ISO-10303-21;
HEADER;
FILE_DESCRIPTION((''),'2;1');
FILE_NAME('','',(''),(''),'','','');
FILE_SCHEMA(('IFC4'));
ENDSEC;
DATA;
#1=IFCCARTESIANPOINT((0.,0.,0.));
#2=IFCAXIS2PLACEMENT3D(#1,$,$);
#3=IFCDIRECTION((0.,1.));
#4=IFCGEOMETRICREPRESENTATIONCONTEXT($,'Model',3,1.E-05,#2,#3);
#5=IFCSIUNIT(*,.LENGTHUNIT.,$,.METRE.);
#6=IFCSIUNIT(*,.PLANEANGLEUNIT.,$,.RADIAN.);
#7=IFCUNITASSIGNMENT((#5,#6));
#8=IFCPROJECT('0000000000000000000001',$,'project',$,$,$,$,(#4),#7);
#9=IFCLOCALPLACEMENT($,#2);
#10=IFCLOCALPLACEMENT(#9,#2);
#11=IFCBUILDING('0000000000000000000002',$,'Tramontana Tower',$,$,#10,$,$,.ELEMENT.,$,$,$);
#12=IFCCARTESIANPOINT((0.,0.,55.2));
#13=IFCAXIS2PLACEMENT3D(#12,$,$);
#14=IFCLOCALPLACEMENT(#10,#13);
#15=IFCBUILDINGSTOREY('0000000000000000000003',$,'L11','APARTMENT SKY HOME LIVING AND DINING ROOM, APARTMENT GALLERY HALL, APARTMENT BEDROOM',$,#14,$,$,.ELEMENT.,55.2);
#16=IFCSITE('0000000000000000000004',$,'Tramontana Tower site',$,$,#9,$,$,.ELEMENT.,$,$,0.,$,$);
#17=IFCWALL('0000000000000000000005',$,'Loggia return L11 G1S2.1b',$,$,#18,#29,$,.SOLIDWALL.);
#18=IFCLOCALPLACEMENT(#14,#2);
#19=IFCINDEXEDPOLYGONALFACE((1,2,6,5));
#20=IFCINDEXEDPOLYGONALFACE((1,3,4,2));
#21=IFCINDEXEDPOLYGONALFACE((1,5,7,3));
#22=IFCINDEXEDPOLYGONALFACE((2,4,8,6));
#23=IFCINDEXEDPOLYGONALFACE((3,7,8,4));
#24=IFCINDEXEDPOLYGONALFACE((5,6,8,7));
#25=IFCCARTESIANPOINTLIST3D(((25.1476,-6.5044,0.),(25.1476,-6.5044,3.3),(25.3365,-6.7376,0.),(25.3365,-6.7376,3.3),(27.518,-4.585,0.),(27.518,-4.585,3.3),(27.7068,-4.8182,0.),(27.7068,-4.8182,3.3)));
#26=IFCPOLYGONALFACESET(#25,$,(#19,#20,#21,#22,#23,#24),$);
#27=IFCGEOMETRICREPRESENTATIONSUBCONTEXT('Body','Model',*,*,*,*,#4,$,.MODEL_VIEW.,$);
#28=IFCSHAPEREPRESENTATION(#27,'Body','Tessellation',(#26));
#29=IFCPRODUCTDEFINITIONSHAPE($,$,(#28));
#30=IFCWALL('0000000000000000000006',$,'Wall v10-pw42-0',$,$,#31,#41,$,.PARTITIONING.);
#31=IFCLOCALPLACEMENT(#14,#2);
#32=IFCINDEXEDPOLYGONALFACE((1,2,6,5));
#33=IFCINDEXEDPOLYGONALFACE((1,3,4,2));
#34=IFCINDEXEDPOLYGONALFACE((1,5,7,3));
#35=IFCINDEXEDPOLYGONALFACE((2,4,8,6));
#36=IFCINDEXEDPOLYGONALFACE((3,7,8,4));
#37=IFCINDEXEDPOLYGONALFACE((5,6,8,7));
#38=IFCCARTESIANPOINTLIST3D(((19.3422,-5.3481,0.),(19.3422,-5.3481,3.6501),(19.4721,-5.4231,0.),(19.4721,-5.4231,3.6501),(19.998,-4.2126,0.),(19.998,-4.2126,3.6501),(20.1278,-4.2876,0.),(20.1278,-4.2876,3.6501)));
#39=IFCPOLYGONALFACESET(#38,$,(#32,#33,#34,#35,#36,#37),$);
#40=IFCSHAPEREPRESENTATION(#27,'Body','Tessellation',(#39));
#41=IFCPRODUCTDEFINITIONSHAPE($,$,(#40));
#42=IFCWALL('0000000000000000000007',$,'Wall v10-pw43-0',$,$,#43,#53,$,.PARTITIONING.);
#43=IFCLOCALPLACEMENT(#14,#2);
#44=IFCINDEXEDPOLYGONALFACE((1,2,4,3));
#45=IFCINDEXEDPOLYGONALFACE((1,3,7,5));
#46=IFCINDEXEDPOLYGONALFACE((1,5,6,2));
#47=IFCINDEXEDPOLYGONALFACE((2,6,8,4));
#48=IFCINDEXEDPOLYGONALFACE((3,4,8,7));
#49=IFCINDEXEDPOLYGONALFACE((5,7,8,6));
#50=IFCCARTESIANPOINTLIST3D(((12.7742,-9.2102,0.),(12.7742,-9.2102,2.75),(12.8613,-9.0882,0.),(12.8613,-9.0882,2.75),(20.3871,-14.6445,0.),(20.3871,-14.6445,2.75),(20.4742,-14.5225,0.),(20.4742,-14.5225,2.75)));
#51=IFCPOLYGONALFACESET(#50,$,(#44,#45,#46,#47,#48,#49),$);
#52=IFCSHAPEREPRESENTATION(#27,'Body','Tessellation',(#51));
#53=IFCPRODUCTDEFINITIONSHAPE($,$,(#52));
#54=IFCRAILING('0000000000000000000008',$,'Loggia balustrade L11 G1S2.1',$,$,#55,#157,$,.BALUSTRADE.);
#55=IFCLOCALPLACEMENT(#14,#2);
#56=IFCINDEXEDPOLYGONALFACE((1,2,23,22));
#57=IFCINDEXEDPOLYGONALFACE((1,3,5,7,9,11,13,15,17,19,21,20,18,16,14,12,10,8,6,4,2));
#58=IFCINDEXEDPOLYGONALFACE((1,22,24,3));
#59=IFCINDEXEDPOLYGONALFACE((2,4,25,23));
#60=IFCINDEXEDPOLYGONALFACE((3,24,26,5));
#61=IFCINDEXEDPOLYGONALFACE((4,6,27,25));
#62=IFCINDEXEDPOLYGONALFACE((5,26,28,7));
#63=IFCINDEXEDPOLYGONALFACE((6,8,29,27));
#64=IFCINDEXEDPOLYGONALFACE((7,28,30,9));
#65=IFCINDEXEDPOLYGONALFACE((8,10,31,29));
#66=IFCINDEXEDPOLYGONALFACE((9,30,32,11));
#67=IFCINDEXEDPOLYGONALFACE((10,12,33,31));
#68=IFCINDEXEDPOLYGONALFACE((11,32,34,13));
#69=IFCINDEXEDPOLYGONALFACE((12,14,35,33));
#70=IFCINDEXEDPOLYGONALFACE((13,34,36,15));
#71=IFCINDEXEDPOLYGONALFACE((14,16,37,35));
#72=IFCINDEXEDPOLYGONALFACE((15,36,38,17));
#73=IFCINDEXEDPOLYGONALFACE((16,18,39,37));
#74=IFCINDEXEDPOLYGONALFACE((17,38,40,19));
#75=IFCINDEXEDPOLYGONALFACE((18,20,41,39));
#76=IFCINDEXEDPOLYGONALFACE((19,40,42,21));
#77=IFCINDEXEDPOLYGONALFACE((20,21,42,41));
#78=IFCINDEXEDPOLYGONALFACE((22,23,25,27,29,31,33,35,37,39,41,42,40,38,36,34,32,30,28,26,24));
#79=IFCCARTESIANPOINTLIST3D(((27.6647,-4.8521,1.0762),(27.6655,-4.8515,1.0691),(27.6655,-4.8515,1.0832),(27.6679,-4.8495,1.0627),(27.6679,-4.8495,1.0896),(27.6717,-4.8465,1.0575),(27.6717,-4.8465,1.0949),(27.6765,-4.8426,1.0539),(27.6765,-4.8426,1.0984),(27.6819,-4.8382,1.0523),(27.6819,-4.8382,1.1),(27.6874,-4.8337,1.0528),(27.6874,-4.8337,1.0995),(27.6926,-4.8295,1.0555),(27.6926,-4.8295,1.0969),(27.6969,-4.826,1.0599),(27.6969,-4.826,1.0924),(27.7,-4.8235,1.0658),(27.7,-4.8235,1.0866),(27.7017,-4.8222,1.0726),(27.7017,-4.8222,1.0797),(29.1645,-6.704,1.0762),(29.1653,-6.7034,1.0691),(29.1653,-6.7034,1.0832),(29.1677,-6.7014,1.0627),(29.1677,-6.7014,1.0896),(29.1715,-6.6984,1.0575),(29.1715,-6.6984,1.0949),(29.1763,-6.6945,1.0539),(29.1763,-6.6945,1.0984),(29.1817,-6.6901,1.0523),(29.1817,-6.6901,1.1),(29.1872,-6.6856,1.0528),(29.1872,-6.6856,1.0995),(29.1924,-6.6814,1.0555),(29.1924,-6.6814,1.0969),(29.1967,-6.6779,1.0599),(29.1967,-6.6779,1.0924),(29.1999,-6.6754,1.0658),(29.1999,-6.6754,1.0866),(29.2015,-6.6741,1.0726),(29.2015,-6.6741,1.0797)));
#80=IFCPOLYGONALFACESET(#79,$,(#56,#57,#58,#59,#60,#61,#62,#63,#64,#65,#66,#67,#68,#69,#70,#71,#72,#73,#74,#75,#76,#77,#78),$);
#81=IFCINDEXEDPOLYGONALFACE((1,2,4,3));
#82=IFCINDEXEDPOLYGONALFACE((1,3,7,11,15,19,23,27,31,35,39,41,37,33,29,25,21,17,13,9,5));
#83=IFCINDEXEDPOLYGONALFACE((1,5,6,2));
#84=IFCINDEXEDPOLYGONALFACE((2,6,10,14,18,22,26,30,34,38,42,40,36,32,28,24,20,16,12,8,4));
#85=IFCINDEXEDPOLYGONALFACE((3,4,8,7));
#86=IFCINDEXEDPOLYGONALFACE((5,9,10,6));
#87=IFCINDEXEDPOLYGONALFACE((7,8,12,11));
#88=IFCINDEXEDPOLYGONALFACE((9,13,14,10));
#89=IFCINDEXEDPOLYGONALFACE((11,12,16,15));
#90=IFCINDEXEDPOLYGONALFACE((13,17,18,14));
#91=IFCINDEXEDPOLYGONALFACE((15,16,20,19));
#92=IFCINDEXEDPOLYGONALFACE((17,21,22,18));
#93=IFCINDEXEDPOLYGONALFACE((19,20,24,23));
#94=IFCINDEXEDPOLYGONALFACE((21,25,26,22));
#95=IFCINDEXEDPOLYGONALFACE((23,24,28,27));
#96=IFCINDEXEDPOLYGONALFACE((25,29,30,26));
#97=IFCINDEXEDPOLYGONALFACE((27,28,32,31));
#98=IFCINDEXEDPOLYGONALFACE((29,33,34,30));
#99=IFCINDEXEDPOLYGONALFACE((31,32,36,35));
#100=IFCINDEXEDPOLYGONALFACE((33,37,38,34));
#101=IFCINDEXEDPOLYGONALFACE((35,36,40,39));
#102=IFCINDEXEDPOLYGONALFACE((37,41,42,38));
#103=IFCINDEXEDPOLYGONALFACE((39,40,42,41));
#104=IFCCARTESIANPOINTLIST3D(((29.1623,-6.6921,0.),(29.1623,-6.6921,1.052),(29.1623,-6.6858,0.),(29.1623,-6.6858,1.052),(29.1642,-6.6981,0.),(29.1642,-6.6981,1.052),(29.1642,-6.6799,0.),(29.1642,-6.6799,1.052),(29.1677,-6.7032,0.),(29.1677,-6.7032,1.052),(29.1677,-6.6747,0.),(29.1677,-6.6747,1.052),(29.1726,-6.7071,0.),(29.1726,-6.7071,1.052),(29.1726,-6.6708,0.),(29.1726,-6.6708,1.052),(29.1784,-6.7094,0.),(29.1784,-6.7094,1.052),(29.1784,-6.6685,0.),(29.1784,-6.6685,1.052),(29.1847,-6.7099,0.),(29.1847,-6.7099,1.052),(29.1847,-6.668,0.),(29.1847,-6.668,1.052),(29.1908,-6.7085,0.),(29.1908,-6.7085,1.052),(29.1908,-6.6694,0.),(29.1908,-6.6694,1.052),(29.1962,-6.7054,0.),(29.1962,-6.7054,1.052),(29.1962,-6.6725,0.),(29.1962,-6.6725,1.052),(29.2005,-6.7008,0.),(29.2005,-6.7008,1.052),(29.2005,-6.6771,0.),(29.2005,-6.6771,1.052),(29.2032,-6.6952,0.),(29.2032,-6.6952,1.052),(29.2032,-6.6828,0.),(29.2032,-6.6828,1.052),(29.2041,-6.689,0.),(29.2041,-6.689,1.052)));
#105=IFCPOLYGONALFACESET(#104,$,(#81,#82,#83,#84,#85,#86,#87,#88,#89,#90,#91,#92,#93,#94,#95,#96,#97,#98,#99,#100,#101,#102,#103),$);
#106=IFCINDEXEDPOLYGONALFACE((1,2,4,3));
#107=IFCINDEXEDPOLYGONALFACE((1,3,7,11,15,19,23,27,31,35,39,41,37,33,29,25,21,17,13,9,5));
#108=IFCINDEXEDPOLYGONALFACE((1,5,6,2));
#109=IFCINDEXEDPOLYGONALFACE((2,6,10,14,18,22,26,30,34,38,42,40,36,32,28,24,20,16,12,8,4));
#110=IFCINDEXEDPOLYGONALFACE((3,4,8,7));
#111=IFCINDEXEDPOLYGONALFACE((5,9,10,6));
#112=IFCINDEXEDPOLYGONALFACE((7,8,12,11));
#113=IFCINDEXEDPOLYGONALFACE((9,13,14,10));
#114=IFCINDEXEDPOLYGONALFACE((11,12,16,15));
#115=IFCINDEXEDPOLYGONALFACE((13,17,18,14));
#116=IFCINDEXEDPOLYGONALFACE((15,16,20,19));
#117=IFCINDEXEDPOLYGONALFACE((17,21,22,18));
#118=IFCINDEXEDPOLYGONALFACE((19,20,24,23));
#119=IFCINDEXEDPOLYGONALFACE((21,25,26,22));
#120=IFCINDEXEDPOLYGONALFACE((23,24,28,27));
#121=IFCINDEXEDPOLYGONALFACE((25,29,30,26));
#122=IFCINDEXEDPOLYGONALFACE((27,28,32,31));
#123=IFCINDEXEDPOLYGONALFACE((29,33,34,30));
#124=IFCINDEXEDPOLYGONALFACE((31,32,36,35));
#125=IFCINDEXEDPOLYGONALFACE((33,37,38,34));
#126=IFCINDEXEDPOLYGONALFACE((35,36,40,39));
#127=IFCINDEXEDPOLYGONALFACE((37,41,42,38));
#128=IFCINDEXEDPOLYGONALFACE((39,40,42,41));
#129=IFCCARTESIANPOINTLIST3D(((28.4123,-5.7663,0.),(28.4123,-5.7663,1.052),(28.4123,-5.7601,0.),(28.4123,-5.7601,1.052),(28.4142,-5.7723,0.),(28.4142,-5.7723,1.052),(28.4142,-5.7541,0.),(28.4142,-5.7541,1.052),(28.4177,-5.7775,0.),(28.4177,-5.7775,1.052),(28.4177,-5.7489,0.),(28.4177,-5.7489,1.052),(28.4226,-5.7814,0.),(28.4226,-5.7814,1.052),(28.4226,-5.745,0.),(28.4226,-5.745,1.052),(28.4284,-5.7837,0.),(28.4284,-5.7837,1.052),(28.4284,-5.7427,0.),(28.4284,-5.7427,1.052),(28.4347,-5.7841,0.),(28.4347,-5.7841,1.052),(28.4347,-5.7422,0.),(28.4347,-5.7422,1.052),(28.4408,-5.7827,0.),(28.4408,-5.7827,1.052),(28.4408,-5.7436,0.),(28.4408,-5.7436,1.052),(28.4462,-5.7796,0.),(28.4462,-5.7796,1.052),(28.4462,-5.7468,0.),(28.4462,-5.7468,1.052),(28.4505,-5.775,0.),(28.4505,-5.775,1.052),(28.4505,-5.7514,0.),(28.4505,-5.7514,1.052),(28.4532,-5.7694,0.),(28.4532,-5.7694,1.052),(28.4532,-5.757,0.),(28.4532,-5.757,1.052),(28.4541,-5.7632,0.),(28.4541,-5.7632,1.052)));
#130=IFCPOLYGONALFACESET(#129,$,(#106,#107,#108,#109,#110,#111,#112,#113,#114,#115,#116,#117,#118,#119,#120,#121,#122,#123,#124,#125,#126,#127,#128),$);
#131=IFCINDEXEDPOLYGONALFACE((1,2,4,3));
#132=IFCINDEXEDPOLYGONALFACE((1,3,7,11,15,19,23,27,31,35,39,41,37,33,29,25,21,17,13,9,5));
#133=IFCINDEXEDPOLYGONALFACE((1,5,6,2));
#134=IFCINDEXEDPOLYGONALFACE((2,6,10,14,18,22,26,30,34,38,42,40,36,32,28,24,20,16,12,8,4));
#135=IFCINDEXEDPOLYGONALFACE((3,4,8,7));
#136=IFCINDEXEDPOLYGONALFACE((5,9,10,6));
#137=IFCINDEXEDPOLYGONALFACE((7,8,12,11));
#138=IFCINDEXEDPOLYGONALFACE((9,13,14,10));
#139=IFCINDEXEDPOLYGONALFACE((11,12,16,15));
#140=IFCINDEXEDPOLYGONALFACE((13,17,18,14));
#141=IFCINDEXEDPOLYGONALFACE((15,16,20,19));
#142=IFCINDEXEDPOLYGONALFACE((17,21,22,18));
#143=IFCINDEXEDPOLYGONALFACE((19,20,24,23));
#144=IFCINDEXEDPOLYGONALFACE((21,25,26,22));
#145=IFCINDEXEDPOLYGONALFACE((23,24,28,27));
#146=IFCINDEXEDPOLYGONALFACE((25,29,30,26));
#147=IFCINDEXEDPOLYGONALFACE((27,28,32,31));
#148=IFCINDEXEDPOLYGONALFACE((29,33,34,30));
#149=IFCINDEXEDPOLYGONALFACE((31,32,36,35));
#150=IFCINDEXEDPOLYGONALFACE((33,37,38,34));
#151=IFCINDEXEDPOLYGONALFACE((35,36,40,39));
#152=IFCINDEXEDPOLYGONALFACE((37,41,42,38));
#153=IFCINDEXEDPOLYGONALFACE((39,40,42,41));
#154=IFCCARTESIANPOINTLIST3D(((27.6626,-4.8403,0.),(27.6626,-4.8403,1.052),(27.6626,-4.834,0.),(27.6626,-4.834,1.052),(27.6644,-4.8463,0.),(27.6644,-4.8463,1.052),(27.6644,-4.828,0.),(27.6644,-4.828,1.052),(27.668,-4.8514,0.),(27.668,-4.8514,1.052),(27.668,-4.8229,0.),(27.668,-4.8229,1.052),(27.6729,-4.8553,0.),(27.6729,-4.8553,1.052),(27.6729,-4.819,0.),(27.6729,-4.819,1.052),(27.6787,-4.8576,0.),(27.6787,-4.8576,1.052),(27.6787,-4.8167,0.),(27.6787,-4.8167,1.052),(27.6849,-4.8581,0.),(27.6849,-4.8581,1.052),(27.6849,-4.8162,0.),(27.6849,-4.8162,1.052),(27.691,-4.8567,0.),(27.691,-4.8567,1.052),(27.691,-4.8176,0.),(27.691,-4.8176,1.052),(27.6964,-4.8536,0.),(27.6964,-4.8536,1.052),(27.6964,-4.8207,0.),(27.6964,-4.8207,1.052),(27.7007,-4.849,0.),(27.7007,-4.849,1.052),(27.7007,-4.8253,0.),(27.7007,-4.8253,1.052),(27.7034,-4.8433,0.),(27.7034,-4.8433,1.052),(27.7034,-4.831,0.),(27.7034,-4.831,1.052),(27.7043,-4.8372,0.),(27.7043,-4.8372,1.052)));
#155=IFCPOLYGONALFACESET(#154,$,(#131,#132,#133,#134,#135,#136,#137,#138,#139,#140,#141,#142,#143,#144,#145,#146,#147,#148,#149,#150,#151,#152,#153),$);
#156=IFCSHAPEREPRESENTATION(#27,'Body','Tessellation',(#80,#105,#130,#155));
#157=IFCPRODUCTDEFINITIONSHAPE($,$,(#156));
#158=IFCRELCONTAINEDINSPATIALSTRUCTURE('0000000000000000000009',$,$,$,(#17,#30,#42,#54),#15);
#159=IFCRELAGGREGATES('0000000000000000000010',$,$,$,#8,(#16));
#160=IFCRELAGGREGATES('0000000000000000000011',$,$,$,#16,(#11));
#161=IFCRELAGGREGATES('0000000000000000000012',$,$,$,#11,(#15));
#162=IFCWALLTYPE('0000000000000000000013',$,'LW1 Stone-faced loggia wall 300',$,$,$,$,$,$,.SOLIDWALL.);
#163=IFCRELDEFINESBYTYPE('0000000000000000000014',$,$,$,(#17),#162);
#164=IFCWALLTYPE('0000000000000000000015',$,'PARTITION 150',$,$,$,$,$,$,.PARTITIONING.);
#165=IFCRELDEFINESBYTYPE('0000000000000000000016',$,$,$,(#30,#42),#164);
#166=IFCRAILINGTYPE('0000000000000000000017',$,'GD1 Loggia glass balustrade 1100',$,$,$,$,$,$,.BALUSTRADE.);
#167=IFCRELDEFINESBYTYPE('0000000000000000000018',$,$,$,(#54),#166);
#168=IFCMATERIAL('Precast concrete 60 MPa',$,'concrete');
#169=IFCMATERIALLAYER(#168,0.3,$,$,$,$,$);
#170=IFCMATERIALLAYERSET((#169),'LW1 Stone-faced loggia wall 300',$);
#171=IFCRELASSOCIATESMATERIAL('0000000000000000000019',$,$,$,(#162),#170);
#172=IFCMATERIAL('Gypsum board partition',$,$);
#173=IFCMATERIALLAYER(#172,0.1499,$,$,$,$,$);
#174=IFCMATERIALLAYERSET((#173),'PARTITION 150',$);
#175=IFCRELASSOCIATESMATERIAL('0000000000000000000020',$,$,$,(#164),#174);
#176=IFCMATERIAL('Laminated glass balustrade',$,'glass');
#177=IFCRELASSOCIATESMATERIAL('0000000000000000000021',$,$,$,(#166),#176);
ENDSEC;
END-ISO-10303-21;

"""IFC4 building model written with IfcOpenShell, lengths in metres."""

from ifc_helpers import new_model, si_unit, direction, frame, frame_2d, origin, origin_2d, place, context, subcontext, project, spatial, rectangle, circle, extrude, material, layer, layer_set, type_object, element, save


model = new_model("IFC4")

# Units and contexts
model_context = context("Model", 3, precision=1e-05, world=origin(), true_north=direction((0.0, 1.0)))
body_context = subcontext(model_context, "Body", "Model", "MODEL_VIEW")
ifc_project = project(units=[si_unit("LENGTHUNIT", "METRE"), si_unit("PLANEANGLEUNIT", "RADIAN")], contexts=[model_context])

# Site, building, storey
site_placement = place(None, origin())
site = spatial("IfcSite", under=ifc_project, at=site_placement, Name="Tramontana Tower site", CompositionType="ELEMENT", RefElevation=0.0)
building_placement = place(site_placement, origin())
building = spatial("IfcBuilding", under=site, at=building_placement, Name="Tramontana Tower", CompositionType="ELEMENT")
storey_placement = place(building_placement, frame((0.0, 0.0, 55.2)))
storey = spatial("IfcBuildingStorey", under=building, at=storey_placement, Name="L11", Description="APARTMENT SKY HOME LIVING AND DINING ROOM, APARTMENT GALLERY HALL, APARTMENT BEDROOM", CompositionType="ELEMENT", Elevation=55.2)

# Shared definitions
ifc_material_1 = material(Name="Precast concrete 60 MPa", Category="concrete")
ifc_layer_1 = layer(ifc_material_1, 0.3)
ifc_layer_set_1 = layer_set([ifc_layer_1], Name="LW1 Stone-faced loggia wall 300")
wall_type_1 = type_object("IfcWallType", Name="LW1 Stone-faced loggia wall 300", PredefinedType="SOLIDWALL", material=ifc_layer_set_1)

# Walls
for number, where, z_axis, x_axis, name in (
    (1, (27.6123, -4.7017, 0.0), (0.0, 0.0, 1.0), (-0.777154, -0.629311, 0.0), "Loggia return L11 G1S2.1b"),
):
    element("IfcWall", number, at=place(storey_placement, frame(where, z_axis=z_axis, x_axis=x_axis)), inside=storey, type_object=wall_type_1, Name=name, PredefinedType="SOLIDWALL", context=body_context, shape_type="SweptSolid", body=[
        extrude(rectangle(XDim=3.05, YDim=0.3, at=frame_2d((1.5249, 0.0))), origin(), (0.0, 0.0, 1.0), 3.3),
    ])
ifc_material_2 = material(Name="Gypsum board partition")
ifc_layer_2 = layer(ifc_material_2, 0.1499)
ifc_layer_set_2 = layer_set([ifc_layer_2], Name="PARTITION 150")
wall_type_2 = type_object("IfcWallType", Name="PARTITION 150", PredefinedType="PARTITIONING", material=ifc_layer_set_2)
wall_1_placement = place(storey_placement, frame((20.063, -4.25, 0.0), z_axis=(0.0, 0.0, 1.0), x_axis=(-0.500104, -0.865965, 0.0)))
element("IfcWall", 2, at=wall_1_placement, inside=storey, type_object=wall_type_2, Name="Wall v10-pw42-0", PredefinedType="PARTITIONING", context=body_context, shape_type="SweptSolid", body=[
    extrude(rectangle(XDim=1.3113, YDim=0.1499, at=frame_2d((0.6558, 0.0))), origin(), (0.0, 0.0, 1.0), 3.6501),
])
wall_2_placement = place(storey_placement, frame((20.4307, -14.5835, 0.0), z_axis=(0.0, 0.0, 1.0), x_axis=(-0.813913, 0.580986, 0.0)))
element("IfcWall", 3, at=wall_2_placement, inside=storey, type_object=wall_type_2, Name="Wall v10-pw43-0", PredefinedType="PARTITIONING", context=body_context, shape_type="SweptSolid", body=[
    extrude(rectangle(XDim=9.3535, YDim=0.1499, at=frame_2d((4.6768, 0.0))), origin(), (0.0, 0.0, 1.0), 2.75),
])

# Railing
ifc_material_3 = material(Name="Laminated glass balustrade", Category="glass")
railing_type = type_object("IfcRailingType", Name="GD1 Loggia glass balustrade 1100", PredefinedType="BALUSTRADE", material=ifc_material_3)
railing_1_placement = place(storey_placement, frame((29.1831, -6.689, 0.0)))
element("IfcRailing", 4, at=railing_1_placement, inside=storey, type_object=railing_type, Name="Loggia balustrade L11 G1S2.1", PredefinedType="BALUSTRADE", context=body_context, shape_type="SweptSolid", body=[
    extrude(circle(Radius=0.0239, at=origin_2d()), frame((0.0, 0.0, 1.0762), z_axis=(-0.629369, 0.777106, 0.0), x_axis=(-0.777106, -0.629369, 0.0)), (0.0, 0.0, 1.0), 2.3831),
    extrude(circle(Radius=0.021, at=origin_2d()), origin(), (0.0, 0.0, 1.0), 1.052),
    extrude(circle(Radius=0.021, at=origin_2d()), frame((-0.75, 0.9258, 0.0)), (0.0, 0.0, 1.0), 1.052),
    extrude(circle(Radius=0.021, at=origin_2d()), frame((-1.4998, 1.8518, 0.0)), (0.0, 0.0, 1.0), 1.052),
])

save(model, "model.ifc")
